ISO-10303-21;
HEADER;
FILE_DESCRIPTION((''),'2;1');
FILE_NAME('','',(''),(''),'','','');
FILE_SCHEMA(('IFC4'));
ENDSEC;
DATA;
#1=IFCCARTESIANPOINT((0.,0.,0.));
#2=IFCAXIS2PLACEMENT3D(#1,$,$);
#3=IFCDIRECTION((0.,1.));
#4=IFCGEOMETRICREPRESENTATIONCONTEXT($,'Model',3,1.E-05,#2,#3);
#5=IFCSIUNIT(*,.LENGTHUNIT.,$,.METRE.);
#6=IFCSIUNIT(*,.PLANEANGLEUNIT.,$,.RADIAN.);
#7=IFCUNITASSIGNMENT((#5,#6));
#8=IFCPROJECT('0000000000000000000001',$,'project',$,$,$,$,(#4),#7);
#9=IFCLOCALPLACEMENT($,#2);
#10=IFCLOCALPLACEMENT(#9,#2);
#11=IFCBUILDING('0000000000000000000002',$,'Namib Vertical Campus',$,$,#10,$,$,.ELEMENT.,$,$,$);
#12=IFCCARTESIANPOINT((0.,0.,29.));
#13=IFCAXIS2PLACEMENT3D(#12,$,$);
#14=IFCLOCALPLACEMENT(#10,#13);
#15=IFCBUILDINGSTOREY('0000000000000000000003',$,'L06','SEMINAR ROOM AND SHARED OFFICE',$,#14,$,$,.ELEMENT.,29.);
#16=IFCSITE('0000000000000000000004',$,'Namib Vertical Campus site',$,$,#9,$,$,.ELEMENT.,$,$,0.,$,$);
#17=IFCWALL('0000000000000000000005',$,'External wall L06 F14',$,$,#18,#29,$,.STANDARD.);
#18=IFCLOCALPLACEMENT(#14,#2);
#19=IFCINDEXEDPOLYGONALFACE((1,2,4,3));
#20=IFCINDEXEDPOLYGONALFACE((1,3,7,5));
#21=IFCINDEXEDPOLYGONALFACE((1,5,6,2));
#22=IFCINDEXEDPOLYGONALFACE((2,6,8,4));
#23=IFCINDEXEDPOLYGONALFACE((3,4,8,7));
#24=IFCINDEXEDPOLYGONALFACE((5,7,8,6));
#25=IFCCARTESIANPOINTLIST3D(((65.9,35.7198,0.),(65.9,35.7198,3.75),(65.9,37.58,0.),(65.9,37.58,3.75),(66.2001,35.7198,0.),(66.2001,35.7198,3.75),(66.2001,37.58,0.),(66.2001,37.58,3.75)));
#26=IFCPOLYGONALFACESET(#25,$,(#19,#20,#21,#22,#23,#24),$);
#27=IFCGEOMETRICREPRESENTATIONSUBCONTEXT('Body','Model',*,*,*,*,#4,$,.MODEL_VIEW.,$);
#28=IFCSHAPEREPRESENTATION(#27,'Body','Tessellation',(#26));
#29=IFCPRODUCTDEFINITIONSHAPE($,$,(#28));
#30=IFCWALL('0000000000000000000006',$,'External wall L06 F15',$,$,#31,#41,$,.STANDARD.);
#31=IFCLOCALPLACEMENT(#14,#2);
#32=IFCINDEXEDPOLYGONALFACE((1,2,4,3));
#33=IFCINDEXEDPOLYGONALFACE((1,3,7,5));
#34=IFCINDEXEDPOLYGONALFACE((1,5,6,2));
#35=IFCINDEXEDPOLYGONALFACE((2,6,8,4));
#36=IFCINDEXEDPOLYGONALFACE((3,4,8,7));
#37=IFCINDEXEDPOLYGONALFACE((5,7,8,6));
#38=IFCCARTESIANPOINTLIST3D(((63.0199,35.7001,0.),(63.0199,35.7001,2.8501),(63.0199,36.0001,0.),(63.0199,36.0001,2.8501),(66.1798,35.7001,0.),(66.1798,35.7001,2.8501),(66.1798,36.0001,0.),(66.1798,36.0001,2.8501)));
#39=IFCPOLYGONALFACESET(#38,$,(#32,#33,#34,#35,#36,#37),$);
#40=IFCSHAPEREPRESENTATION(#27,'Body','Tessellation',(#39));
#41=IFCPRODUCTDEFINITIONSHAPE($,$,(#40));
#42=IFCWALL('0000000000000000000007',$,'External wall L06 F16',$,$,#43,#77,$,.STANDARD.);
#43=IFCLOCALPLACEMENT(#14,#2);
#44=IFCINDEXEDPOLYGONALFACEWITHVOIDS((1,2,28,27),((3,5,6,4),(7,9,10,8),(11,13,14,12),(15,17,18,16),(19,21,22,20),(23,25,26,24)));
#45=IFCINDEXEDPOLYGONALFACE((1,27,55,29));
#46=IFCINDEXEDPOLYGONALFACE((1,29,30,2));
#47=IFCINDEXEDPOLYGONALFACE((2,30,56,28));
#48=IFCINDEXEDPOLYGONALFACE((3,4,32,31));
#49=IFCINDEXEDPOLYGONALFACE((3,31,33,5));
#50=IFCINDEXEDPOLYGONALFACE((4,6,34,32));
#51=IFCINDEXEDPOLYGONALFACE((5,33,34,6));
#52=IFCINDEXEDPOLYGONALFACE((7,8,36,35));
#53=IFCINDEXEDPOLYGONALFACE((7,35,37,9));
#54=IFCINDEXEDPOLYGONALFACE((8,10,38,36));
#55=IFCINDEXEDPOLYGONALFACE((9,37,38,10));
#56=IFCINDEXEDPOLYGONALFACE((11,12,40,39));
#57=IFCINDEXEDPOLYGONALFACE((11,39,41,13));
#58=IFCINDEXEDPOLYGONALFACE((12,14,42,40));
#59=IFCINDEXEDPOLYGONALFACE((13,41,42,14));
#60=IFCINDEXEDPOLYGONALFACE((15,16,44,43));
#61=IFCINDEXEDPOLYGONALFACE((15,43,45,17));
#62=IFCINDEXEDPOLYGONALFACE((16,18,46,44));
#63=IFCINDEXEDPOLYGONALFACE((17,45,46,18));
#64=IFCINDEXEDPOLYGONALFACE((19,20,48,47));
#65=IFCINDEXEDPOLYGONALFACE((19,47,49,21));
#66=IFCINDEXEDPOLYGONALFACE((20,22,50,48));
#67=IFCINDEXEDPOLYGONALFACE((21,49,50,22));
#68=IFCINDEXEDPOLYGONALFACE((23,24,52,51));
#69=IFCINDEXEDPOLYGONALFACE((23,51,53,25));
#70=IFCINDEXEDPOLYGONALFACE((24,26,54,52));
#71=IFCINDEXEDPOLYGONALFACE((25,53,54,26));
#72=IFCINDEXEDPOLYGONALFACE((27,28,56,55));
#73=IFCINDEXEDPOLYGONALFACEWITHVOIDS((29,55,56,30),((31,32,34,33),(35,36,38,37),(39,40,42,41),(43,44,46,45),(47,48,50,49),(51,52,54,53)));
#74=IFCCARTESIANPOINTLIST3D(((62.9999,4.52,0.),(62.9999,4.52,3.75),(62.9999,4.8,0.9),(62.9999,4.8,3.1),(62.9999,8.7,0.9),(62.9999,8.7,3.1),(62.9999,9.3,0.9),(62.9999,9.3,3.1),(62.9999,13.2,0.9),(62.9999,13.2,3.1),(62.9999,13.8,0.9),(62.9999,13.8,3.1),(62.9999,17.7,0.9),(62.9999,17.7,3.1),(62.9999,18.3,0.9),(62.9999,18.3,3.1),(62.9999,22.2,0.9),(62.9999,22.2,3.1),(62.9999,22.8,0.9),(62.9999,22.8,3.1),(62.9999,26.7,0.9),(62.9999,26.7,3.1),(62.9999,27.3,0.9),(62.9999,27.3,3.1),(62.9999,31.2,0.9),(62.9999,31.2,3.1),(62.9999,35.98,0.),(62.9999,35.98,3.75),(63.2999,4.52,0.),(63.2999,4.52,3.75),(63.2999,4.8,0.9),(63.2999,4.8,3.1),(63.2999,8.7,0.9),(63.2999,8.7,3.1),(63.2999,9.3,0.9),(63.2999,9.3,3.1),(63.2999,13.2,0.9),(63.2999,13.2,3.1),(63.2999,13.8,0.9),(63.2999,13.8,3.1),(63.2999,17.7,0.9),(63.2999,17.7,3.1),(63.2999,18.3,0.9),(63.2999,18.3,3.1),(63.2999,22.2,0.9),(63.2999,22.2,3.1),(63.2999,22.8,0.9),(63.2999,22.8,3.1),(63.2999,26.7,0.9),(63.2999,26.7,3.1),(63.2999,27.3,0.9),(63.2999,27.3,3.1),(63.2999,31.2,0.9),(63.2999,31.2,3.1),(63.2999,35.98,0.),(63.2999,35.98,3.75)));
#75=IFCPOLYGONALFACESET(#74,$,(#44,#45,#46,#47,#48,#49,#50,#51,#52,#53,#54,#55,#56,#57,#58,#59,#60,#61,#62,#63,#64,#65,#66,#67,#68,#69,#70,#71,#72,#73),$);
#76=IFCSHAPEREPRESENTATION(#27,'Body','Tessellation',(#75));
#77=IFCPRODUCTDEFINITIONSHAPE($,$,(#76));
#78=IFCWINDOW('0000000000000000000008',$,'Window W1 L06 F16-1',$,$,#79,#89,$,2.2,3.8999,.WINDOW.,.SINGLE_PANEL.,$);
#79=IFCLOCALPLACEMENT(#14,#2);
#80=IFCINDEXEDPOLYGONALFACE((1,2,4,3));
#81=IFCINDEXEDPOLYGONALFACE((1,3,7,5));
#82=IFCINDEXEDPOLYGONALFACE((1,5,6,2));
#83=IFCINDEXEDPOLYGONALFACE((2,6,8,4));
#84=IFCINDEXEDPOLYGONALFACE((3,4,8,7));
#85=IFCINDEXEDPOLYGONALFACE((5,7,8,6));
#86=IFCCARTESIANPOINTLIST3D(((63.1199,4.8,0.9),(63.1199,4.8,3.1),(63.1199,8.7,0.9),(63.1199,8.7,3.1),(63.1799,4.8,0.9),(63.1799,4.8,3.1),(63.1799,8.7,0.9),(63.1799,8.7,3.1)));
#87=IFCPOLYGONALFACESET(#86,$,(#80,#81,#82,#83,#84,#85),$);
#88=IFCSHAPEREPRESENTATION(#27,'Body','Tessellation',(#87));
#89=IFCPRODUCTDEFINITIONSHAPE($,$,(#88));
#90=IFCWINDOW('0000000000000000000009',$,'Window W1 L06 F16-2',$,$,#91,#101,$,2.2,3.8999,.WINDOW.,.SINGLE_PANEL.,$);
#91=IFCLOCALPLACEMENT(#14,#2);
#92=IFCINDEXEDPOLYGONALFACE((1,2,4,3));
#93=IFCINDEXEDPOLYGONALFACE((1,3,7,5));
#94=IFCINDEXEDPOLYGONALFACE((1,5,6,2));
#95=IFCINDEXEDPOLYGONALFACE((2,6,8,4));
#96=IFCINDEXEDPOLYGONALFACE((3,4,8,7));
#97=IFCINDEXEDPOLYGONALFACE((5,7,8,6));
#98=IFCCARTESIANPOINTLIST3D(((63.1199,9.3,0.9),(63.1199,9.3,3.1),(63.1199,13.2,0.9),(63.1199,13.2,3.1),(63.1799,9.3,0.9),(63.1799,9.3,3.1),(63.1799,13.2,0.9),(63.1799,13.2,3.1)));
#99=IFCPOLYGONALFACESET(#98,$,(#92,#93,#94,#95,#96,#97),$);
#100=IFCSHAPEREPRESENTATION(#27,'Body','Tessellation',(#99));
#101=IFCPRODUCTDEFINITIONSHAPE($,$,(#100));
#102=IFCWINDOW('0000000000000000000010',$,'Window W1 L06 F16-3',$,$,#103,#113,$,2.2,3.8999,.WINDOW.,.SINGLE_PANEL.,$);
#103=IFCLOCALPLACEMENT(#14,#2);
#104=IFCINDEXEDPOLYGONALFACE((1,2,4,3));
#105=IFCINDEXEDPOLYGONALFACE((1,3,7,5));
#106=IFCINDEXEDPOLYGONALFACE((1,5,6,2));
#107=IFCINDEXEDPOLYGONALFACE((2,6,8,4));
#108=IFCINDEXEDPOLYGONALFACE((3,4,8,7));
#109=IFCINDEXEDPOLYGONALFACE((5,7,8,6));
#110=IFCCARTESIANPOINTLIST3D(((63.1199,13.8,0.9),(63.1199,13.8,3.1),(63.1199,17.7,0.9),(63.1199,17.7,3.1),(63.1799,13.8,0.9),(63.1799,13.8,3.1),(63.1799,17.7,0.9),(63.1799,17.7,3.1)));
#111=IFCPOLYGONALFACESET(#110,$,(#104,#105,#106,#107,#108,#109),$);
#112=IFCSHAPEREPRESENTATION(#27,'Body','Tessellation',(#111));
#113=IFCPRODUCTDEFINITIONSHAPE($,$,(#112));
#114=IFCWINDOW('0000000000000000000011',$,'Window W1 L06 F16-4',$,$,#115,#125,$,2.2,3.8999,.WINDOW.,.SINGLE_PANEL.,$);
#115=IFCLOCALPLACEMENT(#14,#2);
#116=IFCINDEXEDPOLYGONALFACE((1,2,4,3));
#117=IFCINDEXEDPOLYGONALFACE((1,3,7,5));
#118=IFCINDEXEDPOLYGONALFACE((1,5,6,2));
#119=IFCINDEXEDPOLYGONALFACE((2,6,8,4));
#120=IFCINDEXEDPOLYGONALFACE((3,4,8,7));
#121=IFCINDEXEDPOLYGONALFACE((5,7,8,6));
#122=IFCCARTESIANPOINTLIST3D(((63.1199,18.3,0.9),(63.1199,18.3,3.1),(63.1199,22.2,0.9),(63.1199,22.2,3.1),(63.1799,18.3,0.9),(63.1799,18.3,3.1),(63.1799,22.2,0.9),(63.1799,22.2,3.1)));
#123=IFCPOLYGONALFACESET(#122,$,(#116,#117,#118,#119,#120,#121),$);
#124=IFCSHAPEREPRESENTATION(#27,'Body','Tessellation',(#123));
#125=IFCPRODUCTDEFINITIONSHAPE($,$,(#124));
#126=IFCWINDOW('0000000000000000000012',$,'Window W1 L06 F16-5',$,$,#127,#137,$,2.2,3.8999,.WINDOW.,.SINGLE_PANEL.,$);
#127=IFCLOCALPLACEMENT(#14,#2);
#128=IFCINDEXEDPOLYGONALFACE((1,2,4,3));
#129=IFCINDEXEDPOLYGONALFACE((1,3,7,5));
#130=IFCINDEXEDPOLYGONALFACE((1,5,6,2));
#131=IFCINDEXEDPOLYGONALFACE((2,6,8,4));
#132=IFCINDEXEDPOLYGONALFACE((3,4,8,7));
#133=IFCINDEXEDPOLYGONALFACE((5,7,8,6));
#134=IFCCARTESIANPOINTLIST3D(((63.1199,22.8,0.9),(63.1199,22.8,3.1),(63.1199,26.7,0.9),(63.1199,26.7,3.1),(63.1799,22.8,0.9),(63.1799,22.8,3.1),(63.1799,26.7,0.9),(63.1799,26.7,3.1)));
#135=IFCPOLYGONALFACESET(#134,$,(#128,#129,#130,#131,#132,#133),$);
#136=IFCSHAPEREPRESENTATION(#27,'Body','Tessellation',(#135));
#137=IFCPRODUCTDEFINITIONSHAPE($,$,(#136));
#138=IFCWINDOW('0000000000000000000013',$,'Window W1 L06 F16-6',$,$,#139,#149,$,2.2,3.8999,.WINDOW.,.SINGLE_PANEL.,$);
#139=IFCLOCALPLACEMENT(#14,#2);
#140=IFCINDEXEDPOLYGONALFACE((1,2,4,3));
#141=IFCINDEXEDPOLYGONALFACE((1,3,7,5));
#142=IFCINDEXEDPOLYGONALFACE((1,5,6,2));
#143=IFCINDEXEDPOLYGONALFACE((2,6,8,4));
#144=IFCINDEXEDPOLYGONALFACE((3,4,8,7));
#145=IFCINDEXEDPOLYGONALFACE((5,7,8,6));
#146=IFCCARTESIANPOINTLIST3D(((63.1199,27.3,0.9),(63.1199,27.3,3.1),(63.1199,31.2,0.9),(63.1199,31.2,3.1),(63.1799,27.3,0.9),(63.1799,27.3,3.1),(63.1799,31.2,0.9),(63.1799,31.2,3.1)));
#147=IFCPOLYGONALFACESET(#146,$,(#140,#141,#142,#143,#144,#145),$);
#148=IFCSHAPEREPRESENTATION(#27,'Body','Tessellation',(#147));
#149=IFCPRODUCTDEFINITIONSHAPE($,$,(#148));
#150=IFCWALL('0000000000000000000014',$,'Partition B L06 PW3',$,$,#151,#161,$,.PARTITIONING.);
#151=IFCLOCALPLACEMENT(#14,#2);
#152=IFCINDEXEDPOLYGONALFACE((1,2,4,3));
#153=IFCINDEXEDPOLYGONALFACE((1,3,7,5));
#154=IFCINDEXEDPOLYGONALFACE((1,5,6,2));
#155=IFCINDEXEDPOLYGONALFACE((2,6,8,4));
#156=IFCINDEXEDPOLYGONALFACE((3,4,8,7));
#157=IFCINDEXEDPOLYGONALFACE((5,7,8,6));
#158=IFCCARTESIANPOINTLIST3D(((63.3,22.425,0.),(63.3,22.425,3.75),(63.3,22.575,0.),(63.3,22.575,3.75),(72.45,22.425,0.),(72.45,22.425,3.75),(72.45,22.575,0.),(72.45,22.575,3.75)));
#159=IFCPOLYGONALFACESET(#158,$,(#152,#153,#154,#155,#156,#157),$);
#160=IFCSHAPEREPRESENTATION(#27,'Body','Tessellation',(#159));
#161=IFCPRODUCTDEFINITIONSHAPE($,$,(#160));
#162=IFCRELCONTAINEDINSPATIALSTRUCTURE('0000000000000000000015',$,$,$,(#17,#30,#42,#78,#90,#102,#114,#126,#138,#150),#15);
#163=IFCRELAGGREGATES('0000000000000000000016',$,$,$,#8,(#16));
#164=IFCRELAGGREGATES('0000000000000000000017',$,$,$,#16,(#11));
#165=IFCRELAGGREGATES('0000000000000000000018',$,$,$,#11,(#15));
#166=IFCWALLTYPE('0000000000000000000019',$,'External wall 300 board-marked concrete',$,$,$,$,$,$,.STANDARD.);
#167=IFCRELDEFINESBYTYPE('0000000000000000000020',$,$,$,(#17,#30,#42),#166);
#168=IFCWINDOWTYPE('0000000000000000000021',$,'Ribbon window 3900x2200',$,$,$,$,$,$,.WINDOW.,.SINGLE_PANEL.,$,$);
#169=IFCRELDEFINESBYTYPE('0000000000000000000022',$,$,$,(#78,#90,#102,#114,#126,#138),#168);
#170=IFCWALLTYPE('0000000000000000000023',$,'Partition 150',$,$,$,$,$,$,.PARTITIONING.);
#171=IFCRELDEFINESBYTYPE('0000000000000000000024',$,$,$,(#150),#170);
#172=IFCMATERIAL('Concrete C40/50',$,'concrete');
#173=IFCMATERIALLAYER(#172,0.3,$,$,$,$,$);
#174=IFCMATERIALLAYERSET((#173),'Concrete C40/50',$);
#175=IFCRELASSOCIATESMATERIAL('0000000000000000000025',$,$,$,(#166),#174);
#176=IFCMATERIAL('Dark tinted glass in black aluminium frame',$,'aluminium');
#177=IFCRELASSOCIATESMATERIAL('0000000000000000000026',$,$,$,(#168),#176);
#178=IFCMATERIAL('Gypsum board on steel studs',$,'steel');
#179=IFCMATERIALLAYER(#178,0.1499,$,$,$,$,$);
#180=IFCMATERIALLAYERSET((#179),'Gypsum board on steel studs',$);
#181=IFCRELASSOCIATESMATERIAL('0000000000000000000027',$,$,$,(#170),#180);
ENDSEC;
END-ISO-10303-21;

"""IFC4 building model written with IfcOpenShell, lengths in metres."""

from ifc_helpers import new_model, si_unit, direction, frame, frame_2d, origin, place, context, subcontext, project, spatial, rectangle, extrude, material, layer, layer_set, type_object, element, fill, save


model = new_model("IFC4")

# Units and contexts
model_context = context("Model", 3, precision=1e-05, world=origin(), true_north=direction((0.0, 1.0)))
body_context = subcontext(model_context, "Body", "Model", "MODEL_VIEW")
ifc_project = project(units=[si_unit("LENGTHUNIT", "METRE"), si_unit("PLANEANGLEUNIT", "RADIAN")], contexts=[model_context])

# Site, building, storey
site_placement = place(None, origin())
site = spatial("IfcSite", under=ifc_project, at=site_placement, Name="Namib Vertical Campus site", CompositionType="ELEMENT", RefElevation=0.0)
building_placement = place(site_placement, origin())
building = spatial("IfcBuilding", under=site, at=building_placement, Name="Namib Vertical Campus", CompositionType="ELEMENT")
storey_placement = place(building_placement, frame((0.0, 0.0, 29.0)))
storey = spatial("IfcBuildingStorey", under=building, at=storey_placement, Name="L06", Description="SEMINAR ROOM AND SHARED OFFICE", CompositionType="ELEMENT", Elevation=29.0)

# Walls
ifc_material_1 = material(Name="Concrete C40/50", Category="concrete")
ifc_layer_1 = layer(ifc_material_1, 0.3)
ifc_layer_set_1 = layer_set([ifc_layer_1], Name="Concrete C40/50")
wall_type_1 = type_object("IfcWallType", Name="External wall 300 board-marked concrete", PredefinedType="STANDARD", material=ifc_layer_set_1)
wall_1_placement = place(storey_placement, frame((66.05, 37.5801, 0.0), z_axis=(0.0, 0.0, 1.0), x_axis=(0.0, -1.0, 0.0)))
element("IfcWall", 1, at=wall_1_placement, inside=storey, type_object=wall_type_1, Name="External wall L06 F14", PredefinedType="STANDARD", context=body_context, shape_type="SweptSolid", body=[
    extrude(rectangle(XDim=1.8601, YDim=0.3, at=frame_2d((0.9302, 0.0))), origin(), (0.0, 0.0, 1.0), 3.75),
])
wall_2_placement = place(storey_placement, frame((66.1799, 35.8501, 0.0), z_axis=(0.0, 0.0, 1.0), x_axis=(-1.0, 0.0, 0.0)))
element("IfcWall", 2, at=wall_2_placement, inside=storey, type_object=wall_type_1, Name="External wall L06 F15", PredefinedType="STANDARD", context=body_context, shape_type="SweptSolid", body=[
    extrude(rectangle(XDim=3.1599, YDim=0.3, at=frame_2d((1.5801, 0.0))), origin(), (0.0, 0.0, 1.0), 2.8501),
])

# Wall, openings, windows
wall_3_placement = place(storey_placement, frame((63.1499, 35.98, 0.0), z_axis=(0.0, 0.0, 1.0), x_axis=(0.0, -1.0, 0.0)))
wall_3 = element("IfcWall", 3, at=wall_3_placement, inside=storey, type_object=wall_type_1, Name="External wall L06 F16", PredefinedType="STANDARD", context=body_context, shape_type="SweptSolid", body=[
    extrude(rectangle(XDim=31.46, YDim=0.3, at=frame_2d((15.73, 0.0))), origin(), (0.0, 0.0, 1.0), 3.75),
])
opening_1_placement = place(wall_3_placement, frame((27.28, 0.0, 0.8999)))
opening_1 = element("IfcOpeningElement", 4, at=opening_1_placement, cuts=wall_3, PredefinedType="OPENING", context=body_context, shape_type="SweptSolid", body=[
    extrude(rectangle(XDim=3.8999, YDim=2.2, at=frame_2d((1.95, 1.1001))), frame((0.0, 0.1599, 0.0), z_axis=(0.0, -1.0, 0.0), x_axis=(1.0, 0.0, 0.0)), (0.0, 0.0, 1.0), 0.3201),
])
opening_2_placement = place(wall_3_placement, frame((22.78, 0.0, 0.8999)))
opening_2 = element("IfcOpeningElement", 5, at=opening_2_placement, cuts=wall_3, PredefinedType="OPENING", context=body_context, shape_type="SweptSolid", body=[
    extrude(rectangle(XDim=3.8999, YDim=2.2, at=frame_2d((1.95, 1.1001))), frame((0.0, 0.1599, 0.0), z_axis=(0.0, -1.0, 0.0), x_axis=(1.0, 0.0, 0.0)), (0.0, 0.0, 1.0), 0.3201),
])
opening_3_placement = place(wall_3_placement, frame((18.28, 0.0, 0.8999)))
opening_3 = element("IfcOpeningElement", 6, at=opening_3_placement, cuts=wall_3, PredefinedType="OPENING", context=body_context, shape_type="SweptSolid", body=[
    extrude(rectangle(XDim=3.8999, YDim=2.2, at=frame_2d((1.95, 1.1001))), frame((0.0, 0.1599, 0.0), z_axis=(0.0, -1.0, 0.0), x_axis=(1.0, 0.0, 0.0)), (0.0, 0.0, 1.0), 0.3201),
])
opening_4_placement = place(wall_3_placement, frame((13.78, 0.0, 0.8999)))
opening_4 = element("IfcOpeningElement", 7, at=opening_4_placement, cuts=wall_3, PredefinedType="OPENING", context=body_context, shape_type="SweptSolid", body=[
    extrude(rectangle(XDim=3.8999, YDim=2.2, at=frame_2d((1.95, 1.1001))), frame((0.0, 0.1599, 0.0), z_axis=(0.0, -1.0, 0.0), x_axis=(1.0, 0.0, 0.0)), (0.0, 0.0, 1.0), 0.3201),
])
opening_5_placement = place(wall_3_placement, frame((9.28, 0.0, 0.8999)))
opening_5 = element("IfcOpeningElement", 8, at=opening_5_placement, cuts=wall_3, PredefinedType="OPENING", context=body_context, shape_type="SweptSolid", body=[
    extrude(rectangle(XDim=3.8999, YDim=2.2, at=frame_2d((1.95, 1.1001))), frame((0.0, 0.1599, 0.0), z_axis=(0.0, -1.0, 0.0), x_axis=(1.0, 0.0, 0.0)), (0.0, 0.0, 1.0), 0.3201),
])
opening_6_placement = place(wall_3_placement, frame((4.78, 0.0, 0.8999)))
opening_6 = element("IfcOpeningElement", 9, at=opening_6_placement, cuts=wall_3, PredefinedType="OPENING", context=body_context, shape_type="SweptSolid", body=[
    extrude(rectangle(XDim=3.8999, YDim=2.2, at=frame_2d((1.95, 1.1001))), frame((0.0, 0.1599, 0.0), z_axis=(0.0, -1.0, 0.0), x_axis=(1.0, 0.0, 0.0)), (0.0, 0.0, 1.0), 0.3201),
])
ifc_material_2 = material(Name="Dark tinted glass in black aluminium frame", Category="aluminium")
window_type = type_object("IfcWindowType", Name="Ribbon window 3900x2200", PartitioningType="SINGLE_PANEL", PredefinedType="WINDOW", material=ifc_material_2)
window_1_placement = place(opening_1_placement, origin())
window_1 = element("IfcWindow", 10, at=window_1_placement, inside=storey, type_object=window_type, Name="Window W1 L06 F16-1", OverallHeight=2.2, OverallWidth=3.8999, PartitioningType="SINGLE_PANEL", PredefinedType="WINDOW", context=body_context, shape_type="SweptSolid", body=[
    extrude(rectangle(XDim=3.8999, YDim=2.2, at=frame_2d((1.95, 1.1001))), frame((0.0, 0.03, 0.0), z_axis=(0.0, -1.0, 0.0), x_axis=(1.0, 0.0, 0.0)), (0.0, 0.0, 1.0), 0.0601),
])
fill(opening_1, window_1)
window_2_placement = place(opening_2_placement, origin())
window_2 = element("IfcWindow", 11, at=window_2_placement, inside=storey, type_object=window_type, Name="Window W1 L06 F16-2", OverallHeight=2.2, OverallWidth=3.8999, PartitioningType="SINGLE_PANEL", PredefinedType="WINDOW", context=body_context, shape_type="SweptSolid", body=[
    extrude(rectangle(XDim=3.8999, YDim=2.2, at=frame_2d((1.95, 1.1001))), frame((0.0, 0.03, 0.0), z_axis=(0.0, -1.0, 0.0), x_axis=(1.0, 0.0, 0.0)), (0.0, 0.0, 1.0), 0.0601),
])
fill(opening_2, window_2)
window_3_placement = place(opening_3_placement, origin())
window_3 = element("IfcWindow", 12, at=window_3_placement, inside=storey, type_object=window_type, Name="Window W1 L06 F16-3", OverallHeight=2.2, OverallWidth=3.8999, PartitioningType="SINGLE_PANEL", PredefinedType="WINDOW", context=body_context, shape_type="SweptSolid", body=[
    extrude(rectangle(XDim=3.8999, YDim=2.2, at=frame_2d((1.95, 1.1001))), frame((0.0, 0.03, 0.0), z_axis=(0.0, -1.0, 0.0), x_axis=(1.0, 0.0, 0.0)), (0.0, 0.0, 1.0), 0.0601),
])
fill(opening_3, window_3)
window_4_placement = place(opening_4_placement, origin())
window_4 = element("IfcWindow", 13, at=window_4_placement, inside=storey, type_object=window_type, Name="Window W1 L06 F16-4", OverallHeight=2.2, OverallWidth=3.8999, PartitioningType="SINGLE_PANEL", PredefinedType="WINDOW", context=body_context, shape_type="SweptSolid", body=[
    extrude(rectangle(XDim=3.8999, YDim=2.2, at=frame_2d((1.95, 1.1001))), frame((0.0, 0.03, 0.0), z_axis=(0.0, -1.0, 0.0), x_axis=(1.0, 0.0, 0.0)), (0.0, 0.0, 1.0), 0.0601),
])
fill(opening_4, window_4)
window_5_placement = place(opening_5_placement, origin())
window_5 = element("IfcWindow", 14, at=window_5_placement, inside=storey, type_object=window_type, Name="Window W1 L06 F16-5", OverallHeight=2.2, OverallWidth=3.8999, PartitioningType="SINGLE_PANEL", PredefinedType="WINDOW", context=body_context, shape_type="SweptSolid", body=[
    extrude(rectangle(XDim=3.8999, YDim=2.2, at=frame_2d((1.95, 1.1001))), frame((0.0, 0.03, 0.0), z_axis=(0.0, -1.0, 0.0), x_axis=(1.0, 0.0, 0.0)), (0.0, 0.0, 1.0), 0.0601),
])
fill(opening_5, window_5)
window_6_placement = place(opening_6_placement, origin())
window_6 = element("IfcWindow", 15, at=window_6_placement, inside=storey, type_object=window_type, Name="Window W1 L06 F16-6", OverallHeight=2.2, OverallWidth=3.8999, PartitioningType="SINGLE_PANEL", PredefinedType="WINDOW", context=body_context, shape_type="SweptSolid", body=[
    extrude(rectangle(XDim=3.8999, YDim=2.2, at=frame_2d((1.95, 1.1001))), frame((0.0, 0.03, 0.0), z_axis=(0.0, -1.0, 0.0), x_axis=(1.0, 0.0, 0.0)), (0.0, 0.0, 1.0), 0.0601),
])
fill(opening_6, window_6)

# Wall
ifc_material_3 = material(Name="Gypsum board on steel studs", Category="steel")
ifc_layer_2 = layer(ifc_material_3, 0.1499)
ifc_layer_set_2 = layer_set([ifc_layer_2], Name="Gypsum board on steel studs")
wall_type_2 = type_object("IfcWallType", Name="Partition 150", PredefinedType="PARTITIONING", material=ifc_layer_set_2)
for number, where, z_axis, x_axis, name in (
    (16, (63.3, 22.5, 0.0), (0.0, 0.0, 1.0), (1.0, 0.0, 0.0), "Partition B L06 PW3"),
):
    element("IfcWall", number, at=place(storey_placement, frame(where, z_axis=z_axis, x_axis=x_axis)), inside=storey, type_object=wall_type_2, Name=name, PredefinedType="PARTITIONING", context=body_context, shape_type="SweptSolid", body=[
        extrude(rectangle(XDim=9.1499, YDim=0.1499, at=frame_2d((4.575, 0.0))), origin(), (0.0, 0.0, 1.0), 3.75),
    ])

save(model, "model.ifc")
